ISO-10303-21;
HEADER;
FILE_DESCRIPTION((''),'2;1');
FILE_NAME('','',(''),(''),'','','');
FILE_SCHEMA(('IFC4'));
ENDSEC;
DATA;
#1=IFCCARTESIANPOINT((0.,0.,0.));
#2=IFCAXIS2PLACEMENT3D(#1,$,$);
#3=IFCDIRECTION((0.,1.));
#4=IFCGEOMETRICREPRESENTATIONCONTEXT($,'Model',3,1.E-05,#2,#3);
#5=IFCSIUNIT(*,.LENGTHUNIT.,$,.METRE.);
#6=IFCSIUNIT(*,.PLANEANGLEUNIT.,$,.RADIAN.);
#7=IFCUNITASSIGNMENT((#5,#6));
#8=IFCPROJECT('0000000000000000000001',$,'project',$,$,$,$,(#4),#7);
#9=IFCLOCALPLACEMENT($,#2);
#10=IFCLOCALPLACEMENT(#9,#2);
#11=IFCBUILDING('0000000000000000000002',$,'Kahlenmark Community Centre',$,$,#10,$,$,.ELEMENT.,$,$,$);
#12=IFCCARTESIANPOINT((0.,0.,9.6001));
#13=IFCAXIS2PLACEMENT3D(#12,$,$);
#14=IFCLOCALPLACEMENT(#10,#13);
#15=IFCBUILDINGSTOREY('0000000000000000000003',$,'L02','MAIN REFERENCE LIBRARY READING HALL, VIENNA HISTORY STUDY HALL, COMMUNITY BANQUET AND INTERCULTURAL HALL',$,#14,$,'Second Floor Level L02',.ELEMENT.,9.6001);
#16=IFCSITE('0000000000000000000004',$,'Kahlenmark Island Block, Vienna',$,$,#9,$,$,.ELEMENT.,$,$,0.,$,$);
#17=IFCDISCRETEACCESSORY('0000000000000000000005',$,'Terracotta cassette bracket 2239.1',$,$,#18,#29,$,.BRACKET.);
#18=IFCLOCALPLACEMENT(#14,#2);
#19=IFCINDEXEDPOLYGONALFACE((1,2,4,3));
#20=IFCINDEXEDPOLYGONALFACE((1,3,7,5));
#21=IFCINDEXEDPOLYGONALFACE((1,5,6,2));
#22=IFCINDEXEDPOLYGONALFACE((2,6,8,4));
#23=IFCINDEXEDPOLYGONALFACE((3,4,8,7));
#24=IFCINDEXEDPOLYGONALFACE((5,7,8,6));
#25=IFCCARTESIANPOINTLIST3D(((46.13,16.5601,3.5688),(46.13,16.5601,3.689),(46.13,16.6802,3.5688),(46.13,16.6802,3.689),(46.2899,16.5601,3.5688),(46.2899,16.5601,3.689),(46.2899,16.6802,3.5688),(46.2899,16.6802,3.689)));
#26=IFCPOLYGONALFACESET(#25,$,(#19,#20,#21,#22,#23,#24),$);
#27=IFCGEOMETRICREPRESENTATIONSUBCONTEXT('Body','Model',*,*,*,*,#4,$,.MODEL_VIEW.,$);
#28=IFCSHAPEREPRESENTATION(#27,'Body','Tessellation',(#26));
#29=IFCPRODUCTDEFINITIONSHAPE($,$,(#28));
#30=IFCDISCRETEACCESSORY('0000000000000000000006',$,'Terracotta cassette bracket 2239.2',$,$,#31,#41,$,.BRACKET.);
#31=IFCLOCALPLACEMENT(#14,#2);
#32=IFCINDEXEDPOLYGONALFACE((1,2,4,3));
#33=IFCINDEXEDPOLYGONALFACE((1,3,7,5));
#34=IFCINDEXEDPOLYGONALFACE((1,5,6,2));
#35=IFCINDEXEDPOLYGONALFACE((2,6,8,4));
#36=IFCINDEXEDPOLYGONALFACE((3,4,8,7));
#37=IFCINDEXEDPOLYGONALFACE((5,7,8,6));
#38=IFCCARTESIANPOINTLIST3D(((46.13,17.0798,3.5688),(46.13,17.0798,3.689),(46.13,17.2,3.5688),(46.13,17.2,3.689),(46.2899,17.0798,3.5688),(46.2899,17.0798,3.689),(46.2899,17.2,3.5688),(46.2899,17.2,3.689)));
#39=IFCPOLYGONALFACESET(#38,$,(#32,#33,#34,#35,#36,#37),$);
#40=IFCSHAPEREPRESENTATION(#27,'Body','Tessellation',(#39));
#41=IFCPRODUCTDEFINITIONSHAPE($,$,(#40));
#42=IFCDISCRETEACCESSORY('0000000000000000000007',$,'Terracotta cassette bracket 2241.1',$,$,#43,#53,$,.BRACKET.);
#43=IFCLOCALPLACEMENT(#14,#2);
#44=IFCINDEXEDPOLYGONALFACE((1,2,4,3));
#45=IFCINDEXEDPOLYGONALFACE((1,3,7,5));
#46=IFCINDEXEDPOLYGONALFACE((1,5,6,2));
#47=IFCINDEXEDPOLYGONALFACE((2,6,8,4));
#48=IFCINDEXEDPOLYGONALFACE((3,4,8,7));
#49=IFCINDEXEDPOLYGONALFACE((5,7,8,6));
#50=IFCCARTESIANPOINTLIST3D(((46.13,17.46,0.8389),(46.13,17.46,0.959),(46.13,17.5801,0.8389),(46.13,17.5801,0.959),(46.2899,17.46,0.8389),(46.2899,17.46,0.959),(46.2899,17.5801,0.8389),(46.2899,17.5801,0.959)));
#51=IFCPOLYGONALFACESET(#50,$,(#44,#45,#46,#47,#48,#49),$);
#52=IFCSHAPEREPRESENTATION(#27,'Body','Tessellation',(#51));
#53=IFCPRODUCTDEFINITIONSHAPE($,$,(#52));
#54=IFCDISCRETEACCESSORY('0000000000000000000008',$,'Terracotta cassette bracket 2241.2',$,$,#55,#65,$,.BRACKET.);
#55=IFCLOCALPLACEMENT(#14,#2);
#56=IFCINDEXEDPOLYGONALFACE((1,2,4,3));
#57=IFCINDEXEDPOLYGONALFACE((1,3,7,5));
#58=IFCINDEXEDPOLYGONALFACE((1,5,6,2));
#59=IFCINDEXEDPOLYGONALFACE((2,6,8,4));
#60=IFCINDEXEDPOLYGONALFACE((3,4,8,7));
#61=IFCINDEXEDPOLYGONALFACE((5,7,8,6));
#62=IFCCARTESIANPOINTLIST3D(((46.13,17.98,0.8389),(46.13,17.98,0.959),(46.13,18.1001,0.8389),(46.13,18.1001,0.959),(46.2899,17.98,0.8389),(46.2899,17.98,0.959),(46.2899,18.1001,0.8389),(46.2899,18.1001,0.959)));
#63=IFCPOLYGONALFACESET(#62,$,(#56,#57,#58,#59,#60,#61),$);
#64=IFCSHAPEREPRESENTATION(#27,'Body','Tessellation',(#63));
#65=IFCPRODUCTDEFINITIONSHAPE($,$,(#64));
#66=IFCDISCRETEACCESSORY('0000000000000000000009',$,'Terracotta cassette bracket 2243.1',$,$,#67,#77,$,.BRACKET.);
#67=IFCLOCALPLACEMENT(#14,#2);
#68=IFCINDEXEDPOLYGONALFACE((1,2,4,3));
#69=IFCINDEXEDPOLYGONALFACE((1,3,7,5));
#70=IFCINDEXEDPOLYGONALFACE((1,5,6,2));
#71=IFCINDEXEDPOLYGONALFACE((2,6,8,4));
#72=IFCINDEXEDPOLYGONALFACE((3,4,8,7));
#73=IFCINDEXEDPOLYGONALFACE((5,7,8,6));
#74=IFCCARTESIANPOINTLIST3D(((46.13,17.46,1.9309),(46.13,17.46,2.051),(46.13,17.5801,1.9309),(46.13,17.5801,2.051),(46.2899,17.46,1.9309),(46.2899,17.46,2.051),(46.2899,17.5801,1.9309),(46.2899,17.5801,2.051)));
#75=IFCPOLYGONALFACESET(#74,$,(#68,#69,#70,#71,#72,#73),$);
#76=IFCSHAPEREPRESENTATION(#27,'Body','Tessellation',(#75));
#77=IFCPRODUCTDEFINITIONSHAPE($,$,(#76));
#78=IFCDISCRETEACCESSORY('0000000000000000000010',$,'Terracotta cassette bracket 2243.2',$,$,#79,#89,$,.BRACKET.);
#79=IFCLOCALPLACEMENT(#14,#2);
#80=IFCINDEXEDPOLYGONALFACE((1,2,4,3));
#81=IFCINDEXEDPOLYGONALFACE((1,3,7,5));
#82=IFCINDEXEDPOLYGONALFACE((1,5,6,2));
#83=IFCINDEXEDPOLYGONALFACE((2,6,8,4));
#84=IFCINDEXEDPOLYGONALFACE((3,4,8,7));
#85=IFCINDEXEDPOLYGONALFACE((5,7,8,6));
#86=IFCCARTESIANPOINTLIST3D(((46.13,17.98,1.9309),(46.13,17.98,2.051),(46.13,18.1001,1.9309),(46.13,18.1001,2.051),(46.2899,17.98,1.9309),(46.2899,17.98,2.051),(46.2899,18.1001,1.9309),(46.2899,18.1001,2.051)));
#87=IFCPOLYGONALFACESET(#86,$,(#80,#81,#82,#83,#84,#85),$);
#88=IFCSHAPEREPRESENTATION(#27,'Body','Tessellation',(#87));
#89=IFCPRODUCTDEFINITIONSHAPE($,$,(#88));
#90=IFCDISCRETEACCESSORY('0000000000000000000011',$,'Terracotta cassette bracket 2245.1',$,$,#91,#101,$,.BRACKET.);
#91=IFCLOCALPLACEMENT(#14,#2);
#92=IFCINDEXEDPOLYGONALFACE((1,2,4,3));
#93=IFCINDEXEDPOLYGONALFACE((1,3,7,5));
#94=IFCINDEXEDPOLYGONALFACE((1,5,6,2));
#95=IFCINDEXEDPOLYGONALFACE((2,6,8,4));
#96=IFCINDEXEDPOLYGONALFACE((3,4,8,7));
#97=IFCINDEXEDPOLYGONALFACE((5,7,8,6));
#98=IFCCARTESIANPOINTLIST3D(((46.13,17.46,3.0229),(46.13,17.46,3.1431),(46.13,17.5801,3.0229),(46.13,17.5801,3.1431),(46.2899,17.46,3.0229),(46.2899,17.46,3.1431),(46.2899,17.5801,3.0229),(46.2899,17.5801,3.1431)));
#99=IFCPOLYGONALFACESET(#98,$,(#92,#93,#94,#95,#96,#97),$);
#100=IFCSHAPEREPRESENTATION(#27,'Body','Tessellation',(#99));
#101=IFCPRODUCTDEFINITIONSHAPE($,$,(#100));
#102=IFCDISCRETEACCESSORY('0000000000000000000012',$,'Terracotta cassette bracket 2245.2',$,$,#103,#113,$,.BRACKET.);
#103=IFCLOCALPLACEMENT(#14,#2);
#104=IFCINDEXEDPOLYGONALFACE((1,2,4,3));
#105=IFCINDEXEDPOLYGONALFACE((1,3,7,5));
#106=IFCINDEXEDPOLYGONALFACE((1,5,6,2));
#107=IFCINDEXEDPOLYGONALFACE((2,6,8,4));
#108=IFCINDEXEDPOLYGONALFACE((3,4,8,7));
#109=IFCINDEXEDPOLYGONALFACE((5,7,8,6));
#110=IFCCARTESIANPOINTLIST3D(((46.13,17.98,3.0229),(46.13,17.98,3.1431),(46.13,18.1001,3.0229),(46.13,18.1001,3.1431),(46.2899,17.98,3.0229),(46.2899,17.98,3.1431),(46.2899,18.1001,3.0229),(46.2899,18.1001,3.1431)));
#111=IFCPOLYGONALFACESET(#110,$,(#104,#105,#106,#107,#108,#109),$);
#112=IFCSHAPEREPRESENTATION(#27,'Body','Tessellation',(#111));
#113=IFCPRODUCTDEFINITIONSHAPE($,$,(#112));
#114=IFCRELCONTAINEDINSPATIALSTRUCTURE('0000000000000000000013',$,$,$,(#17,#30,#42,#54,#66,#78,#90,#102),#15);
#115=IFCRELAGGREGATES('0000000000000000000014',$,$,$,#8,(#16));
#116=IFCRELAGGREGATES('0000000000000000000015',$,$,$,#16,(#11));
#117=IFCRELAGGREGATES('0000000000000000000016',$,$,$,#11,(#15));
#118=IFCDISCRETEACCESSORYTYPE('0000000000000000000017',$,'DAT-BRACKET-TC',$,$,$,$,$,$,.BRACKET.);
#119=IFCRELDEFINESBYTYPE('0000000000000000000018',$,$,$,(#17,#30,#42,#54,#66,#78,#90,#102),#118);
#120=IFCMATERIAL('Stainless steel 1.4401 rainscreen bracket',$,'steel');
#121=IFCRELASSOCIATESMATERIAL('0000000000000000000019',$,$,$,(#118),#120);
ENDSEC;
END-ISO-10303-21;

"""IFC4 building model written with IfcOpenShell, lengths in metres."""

from ifc_helpers import new_model, si_unit, direction, frame, origin, origin_2d, place, context, subcontext, project, spatial, rectangle, extrude, material, type_object, element, save


model = new_model("IFC4")

# Units and contexts
model_context = context("Model", 3, precision=1e-05, world=origin(), true_north=direction((0.0, 1.0)))
body_context = subcontext(model_context, "Body", "Model", "MODEL_VIEW")
ifc_project = project(units=[si_unit("LENGTHUNIT", "METRE"), si_unit("PLANEANGLEUNIT", "RADIAN")], contexts=[model_context])

# Site, building, storey
site_placement = place(None, origin())
site = spatial("IfcSite", under=ifc_project, at=site_placement, Name="Kahlenmark Island Block, Vienna", CompositionType="ELEMENT", RefElevation=0.0)
building_placement = place(site_placement, origin())
building = spatial("IfcBuilding", under=site, at=building_placement, Name="Kahlenmark Community Centre", CompositionType="ELEMENT")
storey_placement = place(building_placement, frame((0.0, 0.0, 9.6001)))
storey = spatial("IfcBuildingStorey", under=building, at=storey_placement, Name="L02", Description="MAIN REFERENCE LIBRARY READING HALL, VIENNA HISTORY STUDY HALL, COMMUNITY BANQUET AND INTERCULTURAL HALL", LongName="Second Floor Level L02", CompositionType="ELEMENT", Elevation=9.6001)

# Discrete accessories
ifc_material_1 = material(Name="Stainless steel 1.4401 rainscreen bracket", Category="steel")
discrete_accessory_type = type_object("IfcDiscreteAccessoryType", Name="DAT-BRACKET-TC", PredefinedType="BRACKET", material=ifc_material_1)
for number, where, z_axis, x_axis, name in (
    (1, (46.21, 16.6201, 3.5688), (0.0, 0.0, 1.0), (0.0, 1.0, 0.0), "Terracotta cassette bracket 2239.1"),
    (2, (46.21, 17.1399, 3.5688), (0.0, 0.0, 1.0), (0.0, 1.0, 0.0), "Terracotta cassette bracket 2239.2"),
    (3, (46.21, 17.52, 0.8389), (0.0, 0.0, 1.0), (0.0, 1.0, 0.0), "Terracotta cassette bracket 2241.1"),
    (4, (46.21, 18.04, 0.8389), (0.0, 0.0, 1.0), (0.0, 1.0, 0.0), "Terracotta cassette bracket 2241.2"),
    (5, (46.21, 17.52, 1.9309), (0.0, 0.0, 1.0), (0.0, 1.0, 0.0), "Terracotta cassette bracket 2243.1"),
    (6, (46.21, 18.04, 1.9309), (0.0, 0.0, 1.0), (0.0, 1.0, 0.0), "Terracotta cassette bracket 2243.2"),
    (7, (46.21, 17.52, 3.0229), (0.0, 0.0, 1.0), (0.0, 1.0, 0.0), "Terracotta cassette bracket 2245.1"),
    (8, (46.21, 18.04, 3.0229), (0.0, 0.0, 1.0), (0.0, 1.0, 0.0), "Terracotta cassette bracket 2245.2"),
):
    element("IfcDiscreteAccessory", number, at=place(storey_placement, frame(where, z_axis=z_axis, x_axis=x_axis)), inside=storey, type_object=discrete_accessory_type, Name=name, PredefinedType="BRACKET", context=body_context, shape_type="SweptSolid", body=[
        extrude(rectangle(XDim=0.1201, YDim=0.1599, at=origin_2d()), origin(), (0.0, 0.0, 1.0), 0.1201),
    ])

save(model, "model.ifc")
